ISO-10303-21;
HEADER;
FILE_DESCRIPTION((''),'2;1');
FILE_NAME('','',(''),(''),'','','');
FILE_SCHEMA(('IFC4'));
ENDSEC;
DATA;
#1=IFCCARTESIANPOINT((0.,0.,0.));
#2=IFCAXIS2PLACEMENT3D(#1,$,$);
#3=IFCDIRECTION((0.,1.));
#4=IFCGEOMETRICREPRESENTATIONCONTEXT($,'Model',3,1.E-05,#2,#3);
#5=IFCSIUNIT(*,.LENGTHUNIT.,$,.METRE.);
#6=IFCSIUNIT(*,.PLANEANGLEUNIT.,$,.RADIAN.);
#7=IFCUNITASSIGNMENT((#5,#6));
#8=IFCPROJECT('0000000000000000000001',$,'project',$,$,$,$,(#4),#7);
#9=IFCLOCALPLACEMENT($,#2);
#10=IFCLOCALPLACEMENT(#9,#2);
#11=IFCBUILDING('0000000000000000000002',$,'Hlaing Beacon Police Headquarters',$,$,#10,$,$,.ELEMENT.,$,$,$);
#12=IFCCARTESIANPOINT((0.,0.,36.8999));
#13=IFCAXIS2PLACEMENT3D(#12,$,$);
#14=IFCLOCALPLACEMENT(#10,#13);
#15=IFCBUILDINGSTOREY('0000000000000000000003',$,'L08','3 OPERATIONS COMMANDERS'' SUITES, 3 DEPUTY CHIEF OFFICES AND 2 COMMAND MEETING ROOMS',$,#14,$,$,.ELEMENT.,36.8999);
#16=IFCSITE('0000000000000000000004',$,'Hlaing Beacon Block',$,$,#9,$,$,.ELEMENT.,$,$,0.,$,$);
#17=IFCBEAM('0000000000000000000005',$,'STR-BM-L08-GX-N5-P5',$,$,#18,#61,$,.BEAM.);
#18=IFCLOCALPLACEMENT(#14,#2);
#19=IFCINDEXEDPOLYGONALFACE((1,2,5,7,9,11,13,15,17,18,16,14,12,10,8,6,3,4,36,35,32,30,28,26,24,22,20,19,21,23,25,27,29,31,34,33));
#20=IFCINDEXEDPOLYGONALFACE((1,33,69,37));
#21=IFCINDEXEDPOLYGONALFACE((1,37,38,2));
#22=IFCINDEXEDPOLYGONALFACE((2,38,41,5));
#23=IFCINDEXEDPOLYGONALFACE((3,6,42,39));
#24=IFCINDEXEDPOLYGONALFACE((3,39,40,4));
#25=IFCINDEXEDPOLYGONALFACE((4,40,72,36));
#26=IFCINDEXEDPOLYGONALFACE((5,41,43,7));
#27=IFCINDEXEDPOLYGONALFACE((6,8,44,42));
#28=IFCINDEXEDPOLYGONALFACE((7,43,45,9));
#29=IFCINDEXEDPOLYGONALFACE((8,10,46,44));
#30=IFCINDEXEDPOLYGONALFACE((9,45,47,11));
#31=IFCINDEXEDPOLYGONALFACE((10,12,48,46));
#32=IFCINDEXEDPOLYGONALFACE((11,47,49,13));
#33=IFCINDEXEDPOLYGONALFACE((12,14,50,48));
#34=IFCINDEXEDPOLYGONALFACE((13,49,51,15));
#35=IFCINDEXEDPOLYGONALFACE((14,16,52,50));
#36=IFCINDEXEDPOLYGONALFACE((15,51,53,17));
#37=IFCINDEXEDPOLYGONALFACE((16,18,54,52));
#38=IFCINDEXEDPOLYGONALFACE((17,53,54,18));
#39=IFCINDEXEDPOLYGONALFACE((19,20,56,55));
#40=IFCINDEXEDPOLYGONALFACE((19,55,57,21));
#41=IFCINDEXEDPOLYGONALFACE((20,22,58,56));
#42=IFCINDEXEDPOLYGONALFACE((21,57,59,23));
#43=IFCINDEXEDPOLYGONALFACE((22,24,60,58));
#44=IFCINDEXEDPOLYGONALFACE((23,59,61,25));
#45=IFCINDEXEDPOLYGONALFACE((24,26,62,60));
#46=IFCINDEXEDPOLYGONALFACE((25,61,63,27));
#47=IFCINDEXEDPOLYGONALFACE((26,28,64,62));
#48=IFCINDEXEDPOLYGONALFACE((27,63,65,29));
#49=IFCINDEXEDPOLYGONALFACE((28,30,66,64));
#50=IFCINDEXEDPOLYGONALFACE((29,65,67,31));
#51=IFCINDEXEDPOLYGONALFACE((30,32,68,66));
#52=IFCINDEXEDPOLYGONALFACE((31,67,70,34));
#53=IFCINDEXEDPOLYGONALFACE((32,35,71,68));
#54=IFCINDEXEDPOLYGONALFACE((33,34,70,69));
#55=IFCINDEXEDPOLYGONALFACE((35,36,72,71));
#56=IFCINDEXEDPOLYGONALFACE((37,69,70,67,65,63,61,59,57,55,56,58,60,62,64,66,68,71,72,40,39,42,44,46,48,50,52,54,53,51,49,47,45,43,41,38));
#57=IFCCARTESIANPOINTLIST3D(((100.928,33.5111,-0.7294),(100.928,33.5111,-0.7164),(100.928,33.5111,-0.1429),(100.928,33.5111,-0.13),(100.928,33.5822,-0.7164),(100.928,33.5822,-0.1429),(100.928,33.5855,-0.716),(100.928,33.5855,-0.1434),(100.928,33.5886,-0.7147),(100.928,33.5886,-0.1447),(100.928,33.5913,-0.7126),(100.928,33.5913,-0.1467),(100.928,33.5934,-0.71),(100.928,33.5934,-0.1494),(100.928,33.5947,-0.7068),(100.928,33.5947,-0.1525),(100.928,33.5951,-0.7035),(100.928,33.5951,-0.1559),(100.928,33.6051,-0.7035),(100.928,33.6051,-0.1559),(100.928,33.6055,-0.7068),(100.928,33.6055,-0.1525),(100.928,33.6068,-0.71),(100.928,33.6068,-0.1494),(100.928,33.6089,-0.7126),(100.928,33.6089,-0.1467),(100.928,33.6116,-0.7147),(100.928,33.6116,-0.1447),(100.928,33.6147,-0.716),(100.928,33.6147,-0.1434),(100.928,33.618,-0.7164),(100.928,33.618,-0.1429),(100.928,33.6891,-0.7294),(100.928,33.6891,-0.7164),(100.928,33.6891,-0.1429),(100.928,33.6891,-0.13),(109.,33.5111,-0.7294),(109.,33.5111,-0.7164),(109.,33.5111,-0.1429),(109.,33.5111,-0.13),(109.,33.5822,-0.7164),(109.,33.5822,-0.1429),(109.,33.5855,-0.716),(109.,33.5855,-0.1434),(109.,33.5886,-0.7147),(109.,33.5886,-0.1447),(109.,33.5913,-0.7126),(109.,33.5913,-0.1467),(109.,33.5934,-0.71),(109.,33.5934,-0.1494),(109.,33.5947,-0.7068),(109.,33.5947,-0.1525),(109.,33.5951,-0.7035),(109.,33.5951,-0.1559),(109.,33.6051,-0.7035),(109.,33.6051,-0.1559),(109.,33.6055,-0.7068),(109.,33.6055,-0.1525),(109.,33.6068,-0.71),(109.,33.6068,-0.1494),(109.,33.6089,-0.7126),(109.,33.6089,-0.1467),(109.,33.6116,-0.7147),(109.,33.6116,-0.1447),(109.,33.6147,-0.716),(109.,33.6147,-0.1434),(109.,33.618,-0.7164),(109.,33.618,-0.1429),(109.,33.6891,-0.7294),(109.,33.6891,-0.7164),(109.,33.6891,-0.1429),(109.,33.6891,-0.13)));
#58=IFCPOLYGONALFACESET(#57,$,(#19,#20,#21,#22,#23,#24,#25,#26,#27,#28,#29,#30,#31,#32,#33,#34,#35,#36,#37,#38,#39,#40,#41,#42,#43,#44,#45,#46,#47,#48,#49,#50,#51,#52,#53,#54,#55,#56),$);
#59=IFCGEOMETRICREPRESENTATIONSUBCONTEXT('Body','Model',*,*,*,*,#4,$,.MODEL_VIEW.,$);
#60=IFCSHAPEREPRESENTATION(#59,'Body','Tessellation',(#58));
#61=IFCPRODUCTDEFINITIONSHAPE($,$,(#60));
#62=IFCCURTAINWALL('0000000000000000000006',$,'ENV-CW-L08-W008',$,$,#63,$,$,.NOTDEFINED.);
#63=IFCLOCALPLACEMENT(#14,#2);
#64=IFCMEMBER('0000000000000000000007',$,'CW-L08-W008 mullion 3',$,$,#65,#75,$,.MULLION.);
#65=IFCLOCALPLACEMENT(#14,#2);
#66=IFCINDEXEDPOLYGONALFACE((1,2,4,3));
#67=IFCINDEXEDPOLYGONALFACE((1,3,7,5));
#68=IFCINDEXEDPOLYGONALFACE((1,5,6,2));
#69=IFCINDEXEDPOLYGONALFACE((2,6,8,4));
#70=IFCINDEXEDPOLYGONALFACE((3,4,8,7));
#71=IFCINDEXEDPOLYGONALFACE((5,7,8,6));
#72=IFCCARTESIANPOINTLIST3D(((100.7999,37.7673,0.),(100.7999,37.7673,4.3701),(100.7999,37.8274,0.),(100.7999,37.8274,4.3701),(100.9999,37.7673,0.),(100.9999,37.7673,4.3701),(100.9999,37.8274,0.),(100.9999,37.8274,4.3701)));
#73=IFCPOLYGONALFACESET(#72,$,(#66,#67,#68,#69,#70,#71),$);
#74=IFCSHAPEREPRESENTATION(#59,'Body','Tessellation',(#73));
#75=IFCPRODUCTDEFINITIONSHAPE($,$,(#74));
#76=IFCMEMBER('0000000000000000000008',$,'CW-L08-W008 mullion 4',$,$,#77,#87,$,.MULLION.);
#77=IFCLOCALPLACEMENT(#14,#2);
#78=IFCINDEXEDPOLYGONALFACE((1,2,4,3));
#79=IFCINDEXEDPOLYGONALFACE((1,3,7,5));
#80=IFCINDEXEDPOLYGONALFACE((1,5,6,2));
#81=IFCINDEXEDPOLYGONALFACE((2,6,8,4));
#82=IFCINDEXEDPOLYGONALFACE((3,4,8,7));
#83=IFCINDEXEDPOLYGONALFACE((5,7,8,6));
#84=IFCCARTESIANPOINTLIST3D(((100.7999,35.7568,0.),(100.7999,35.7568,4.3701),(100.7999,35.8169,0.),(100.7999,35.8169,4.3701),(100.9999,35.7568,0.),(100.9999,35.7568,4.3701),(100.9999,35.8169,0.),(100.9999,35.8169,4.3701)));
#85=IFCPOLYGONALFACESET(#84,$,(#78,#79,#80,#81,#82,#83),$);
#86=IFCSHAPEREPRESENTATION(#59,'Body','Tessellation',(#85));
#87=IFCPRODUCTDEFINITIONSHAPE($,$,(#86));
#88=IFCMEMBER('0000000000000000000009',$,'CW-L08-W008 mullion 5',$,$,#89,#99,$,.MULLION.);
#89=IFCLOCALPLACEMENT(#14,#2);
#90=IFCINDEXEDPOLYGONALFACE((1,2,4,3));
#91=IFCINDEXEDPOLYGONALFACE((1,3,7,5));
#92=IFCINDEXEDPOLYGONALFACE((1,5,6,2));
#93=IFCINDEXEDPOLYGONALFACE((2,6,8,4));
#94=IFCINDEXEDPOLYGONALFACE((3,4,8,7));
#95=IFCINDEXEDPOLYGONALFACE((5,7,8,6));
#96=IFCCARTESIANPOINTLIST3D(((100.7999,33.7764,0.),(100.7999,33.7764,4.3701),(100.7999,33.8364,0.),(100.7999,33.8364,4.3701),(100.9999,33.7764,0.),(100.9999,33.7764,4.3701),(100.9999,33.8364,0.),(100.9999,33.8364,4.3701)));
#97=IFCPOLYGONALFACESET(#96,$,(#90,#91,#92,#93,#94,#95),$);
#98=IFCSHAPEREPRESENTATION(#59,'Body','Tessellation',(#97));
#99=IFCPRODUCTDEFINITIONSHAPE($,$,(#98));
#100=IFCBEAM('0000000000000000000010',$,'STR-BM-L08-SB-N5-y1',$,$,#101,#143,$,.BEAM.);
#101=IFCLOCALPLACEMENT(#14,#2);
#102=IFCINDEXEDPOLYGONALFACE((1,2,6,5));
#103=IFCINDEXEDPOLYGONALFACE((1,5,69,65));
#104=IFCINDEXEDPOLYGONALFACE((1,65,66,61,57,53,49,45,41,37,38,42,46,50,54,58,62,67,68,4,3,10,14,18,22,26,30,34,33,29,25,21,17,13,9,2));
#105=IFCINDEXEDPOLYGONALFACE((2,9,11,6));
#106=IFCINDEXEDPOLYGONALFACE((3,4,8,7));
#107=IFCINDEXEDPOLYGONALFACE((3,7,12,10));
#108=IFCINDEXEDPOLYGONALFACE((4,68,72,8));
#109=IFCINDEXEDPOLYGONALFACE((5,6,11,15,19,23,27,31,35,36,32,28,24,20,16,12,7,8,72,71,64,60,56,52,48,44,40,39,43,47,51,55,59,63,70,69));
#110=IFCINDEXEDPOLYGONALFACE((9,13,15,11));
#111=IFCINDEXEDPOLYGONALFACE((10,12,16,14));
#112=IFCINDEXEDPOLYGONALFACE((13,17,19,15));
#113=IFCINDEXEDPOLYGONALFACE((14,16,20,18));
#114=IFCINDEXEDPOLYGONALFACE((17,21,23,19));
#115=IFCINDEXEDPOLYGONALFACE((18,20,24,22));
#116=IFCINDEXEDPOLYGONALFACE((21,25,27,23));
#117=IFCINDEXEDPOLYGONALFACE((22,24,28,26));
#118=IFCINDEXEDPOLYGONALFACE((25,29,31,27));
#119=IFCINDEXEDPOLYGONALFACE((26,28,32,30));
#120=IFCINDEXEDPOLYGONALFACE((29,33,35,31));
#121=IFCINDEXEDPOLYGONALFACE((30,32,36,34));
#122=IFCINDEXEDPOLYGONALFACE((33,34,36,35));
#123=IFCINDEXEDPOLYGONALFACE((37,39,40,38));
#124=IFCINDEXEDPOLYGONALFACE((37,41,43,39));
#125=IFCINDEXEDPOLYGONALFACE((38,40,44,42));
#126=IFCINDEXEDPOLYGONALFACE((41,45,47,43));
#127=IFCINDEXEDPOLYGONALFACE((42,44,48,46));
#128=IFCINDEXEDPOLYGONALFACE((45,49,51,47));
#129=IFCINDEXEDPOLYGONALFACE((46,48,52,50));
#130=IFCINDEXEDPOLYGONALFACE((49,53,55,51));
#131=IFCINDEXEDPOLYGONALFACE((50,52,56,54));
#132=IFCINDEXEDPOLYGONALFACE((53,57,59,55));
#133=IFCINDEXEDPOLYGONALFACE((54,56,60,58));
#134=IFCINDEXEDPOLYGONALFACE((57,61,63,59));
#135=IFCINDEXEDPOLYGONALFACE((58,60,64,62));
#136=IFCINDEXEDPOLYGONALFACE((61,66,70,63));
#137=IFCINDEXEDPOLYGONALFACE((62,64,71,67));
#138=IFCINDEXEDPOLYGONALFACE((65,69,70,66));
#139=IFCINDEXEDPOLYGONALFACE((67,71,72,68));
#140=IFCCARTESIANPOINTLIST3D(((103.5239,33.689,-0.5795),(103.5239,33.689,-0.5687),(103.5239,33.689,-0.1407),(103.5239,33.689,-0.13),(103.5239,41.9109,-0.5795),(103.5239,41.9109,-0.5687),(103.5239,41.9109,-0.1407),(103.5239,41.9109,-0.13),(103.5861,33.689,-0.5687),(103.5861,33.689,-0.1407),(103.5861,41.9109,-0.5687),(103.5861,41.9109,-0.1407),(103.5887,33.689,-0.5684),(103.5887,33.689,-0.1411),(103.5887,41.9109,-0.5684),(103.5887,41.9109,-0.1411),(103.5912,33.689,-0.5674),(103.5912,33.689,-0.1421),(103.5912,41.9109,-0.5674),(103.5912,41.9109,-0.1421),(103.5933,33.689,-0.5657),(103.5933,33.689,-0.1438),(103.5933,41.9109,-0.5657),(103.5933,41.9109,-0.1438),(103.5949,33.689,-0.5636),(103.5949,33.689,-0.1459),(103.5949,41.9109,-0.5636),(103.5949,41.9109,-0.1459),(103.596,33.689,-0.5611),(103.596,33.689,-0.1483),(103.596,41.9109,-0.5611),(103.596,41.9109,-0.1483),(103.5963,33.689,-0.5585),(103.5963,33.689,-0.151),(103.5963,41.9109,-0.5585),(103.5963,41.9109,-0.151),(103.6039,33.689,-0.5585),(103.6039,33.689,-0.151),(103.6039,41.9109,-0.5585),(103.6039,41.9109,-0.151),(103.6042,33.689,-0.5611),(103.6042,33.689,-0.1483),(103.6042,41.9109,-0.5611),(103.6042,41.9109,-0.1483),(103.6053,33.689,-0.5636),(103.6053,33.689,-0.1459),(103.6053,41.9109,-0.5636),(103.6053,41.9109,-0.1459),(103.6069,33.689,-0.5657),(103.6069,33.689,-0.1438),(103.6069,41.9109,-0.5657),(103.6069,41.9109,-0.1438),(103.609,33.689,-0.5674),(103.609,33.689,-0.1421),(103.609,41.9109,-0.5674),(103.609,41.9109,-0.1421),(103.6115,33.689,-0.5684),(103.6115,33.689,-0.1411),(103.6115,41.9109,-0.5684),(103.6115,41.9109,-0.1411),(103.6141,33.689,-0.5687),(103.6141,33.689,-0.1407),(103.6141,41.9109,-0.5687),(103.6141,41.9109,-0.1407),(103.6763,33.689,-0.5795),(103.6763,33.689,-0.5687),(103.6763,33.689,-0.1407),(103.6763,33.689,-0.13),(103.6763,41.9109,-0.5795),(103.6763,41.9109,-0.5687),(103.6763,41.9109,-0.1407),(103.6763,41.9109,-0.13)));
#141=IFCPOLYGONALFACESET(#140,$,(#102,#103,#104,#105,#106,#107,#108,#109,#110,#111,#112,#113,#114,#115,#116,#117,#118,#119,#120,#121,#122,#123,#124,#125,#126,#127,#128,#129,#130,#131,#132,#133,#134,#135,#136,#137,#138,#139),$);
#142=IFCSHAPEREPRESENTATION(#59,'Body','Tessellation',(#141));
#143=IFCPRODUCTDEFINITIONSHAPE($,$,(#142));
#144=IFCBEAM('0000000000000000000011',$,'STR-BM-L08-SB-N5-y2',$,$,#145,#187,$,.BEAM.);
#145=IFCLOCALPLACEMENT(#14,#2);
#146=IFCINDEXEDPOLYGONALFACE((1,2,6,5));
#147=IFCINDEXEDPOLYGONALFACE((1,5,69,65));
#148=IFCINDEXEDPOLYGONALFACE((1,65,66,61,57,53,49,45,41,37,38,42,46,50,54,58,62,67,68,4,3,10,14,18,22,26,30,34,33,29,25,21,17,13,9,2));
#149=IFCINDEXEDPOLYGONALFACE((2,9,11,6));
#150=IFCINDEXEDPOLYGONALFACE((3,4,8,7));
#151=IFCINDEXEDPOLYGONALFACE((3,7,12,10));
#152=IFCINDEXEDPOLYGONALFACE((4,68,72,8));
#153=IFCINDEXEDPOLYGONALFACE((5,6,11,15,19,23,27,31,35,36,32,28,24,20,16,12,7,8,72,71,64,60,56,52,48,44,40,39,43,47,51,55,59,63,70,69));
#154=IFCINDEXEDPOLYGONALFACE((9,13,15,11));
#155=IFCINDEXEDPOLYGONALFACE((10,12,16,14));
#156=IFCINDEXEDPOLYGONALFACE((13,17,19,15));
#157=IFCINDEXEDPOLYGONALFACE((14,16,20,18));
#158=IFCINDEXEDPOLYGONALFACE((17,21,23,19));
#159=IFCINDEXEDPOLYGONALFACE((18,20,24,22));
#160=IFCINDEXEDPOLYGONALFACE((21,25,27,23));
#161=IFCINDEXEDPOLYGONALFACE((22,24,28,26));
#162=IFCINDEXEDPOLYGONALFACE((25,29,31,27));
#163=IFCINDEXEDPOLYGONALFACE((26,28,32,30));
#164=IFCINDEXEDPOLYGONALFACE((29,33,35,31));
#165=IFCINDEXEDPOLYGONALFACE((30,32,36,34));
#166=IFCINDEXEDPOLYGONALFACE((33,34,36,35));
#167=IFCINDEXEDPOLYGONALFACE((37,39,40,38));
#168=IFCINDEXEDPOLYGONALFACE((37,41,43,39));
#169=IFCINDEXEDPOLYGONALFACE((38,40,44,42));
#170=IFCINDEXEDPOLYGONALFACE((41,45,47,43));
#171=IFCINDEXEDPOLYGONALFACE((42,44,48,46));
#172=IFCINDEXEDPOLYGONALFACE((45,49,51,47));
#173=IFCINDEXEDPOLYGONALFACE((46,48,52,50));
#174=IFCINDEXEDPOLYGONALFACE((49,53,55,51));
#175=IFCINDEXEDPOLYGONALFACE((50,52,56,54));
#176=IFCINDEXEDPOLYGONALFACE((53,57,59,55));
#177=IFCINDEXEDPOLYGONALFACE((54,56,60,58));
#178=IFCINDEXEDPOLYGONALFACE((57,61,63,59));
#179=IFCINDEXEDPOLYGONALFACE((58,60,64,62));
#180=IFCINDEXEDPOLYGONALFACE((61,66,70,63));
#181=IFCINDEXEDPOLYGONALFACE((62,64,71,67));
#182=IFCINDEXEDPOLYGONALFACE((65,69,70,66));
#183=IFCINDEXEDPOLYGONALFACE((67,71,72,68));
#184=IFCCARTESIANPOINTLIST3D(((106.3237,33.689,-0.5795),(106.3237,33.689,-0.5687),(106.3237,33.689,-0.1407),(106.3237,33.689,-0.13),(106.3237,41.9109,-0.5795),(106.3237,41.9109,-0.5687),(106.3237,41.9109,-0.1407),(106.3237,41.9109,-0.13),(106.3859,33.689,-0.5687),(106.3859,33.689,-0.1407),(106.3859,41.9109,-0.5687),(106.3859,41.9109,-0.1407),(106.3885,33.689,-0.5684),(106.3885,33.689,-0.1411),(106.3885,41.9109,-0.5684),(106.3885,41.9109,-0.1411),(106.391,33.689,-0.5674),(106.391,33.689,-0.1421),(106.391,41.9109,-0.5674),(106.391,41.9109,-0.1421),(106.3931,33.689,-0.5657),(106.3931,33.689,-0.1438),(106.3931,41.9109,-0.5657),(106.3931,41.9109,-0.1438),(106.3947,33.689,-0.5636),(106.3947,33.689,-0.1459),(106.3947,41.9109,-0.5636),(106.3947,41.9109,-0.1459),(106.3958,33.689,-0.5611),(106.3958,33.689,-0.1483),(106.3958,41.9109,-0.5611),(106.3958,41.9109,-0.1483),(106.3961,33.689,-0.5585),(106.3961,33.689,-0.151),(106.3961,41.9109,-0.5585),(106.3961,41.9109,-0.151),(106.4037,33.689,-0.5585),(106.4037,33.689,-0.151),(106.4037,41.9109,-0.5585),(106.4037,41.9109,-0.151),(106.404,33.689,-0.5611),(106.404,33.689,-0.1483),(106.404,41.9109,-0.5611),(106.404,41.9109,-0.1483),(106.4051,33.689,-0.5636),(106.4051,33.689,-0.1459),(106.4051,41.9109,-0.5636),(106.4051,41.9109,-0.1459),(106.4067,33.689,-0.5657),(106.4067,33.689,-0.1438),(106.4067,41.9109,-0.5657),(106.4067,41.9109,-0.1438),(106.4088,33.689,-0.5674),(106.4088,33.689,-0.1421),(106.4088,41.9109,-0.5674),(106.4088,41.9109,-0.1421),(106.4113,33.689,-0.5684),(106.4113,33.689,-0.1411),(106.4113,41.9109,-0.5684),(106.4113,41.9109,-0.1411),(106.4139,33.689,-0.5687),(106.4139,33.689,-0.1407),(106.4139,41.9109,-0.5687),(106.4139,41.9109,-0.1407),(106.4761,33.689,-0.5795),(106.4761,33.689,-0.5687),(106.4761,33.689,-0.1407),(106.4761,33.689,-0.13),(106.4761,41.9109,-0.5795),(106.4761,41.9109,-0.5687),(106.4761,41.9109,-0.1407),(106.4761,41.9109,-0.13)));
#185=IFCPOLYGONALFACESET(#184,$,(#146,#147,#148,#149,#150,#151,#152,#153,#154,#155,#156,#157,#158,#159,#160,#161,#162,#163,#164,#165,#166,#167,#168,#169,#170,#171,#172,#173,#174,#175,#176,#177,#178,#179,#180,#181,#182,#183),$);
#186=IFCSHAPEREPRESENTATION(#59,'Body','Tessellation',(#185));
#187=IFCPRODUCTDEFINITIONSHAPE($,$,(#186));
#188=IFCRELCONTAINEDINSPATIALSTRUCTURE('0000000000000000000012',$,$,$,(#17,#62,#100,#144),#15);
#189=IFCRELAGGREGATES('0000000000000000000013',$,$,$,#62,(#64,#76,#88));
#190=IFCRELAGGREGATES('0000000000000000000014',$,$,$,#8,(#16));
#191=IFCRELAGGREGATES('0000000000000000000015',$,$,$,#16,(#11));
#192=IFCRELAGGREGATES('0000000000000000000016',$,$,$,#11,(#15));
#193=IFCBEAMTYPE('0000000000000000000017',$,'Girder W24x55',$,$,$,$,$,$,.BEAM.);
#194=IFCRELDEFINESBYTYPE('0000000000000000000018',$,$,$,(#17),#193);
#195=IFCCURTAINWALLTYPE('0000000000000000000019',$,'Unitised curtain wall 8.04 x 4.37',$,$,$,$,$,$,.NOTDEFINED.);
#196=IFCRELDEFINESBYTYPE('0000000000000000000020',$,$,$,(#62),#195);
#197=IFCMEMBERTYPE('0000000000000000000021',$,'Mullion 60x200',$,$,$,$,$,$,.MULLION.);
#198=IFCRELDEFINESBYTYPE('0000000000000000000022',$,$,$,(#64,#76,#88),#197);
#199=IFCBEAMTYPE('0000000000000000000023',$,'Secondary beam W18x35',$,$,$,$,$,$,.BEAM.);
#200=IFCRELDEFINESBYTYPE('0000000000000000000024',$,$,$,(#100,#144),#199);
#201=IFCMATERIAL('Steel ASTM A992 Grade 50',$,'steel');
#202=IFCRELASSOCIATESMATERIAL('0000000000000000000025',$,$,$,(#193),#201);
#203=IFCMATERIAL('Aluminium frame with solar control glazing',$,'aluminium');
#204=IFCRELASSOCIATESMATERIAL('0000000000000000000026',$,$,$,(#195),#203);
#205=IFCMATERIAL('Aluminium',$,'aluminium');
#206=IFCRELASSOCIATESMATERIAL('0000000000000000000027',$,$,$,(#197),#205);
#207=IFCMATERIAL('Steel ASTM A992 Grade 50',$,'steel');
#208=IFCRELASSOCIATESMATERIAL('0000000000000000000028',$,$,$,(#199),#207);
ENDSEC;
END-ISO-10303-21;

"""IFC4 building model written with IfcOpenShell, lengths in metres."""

from ifc_helpers import new_model, si_unit, direction, frame, origin, origin_2d, place, context, subcontext, project, spatial, rectangle, i_section, extrude, material, material_profile, profile_set, type_object, element, aggregate, save


model = new_model("IFC4")

# Units and contexts
model_context = context("Model", 3, precision=1e-05, world=origin(), true_north=direction((0.0, 1.0)))
body_context = subcontext(model_context, "Body", "Model", "MODEL_VIEW")
ifc_project = project(units=[si_unit("LENGTHUNIT", "METRE"), si_unit("PLANEANGLEUNIT", "RADIAN")], contexts=[model_context])

# Site, building, storey
site_placement = place(None, origin())
site = spatial("IfcSite", under=ifc_project, at=site_placement, Name="Hlaing Beacon Block", CompositionType="ELEMENT", RefElevation=0.0)
building_placement = place(site_placement, origin())
building = spatial("IfcBuilding", under=site, at=building_placement, Name="Hlaing Beacon Police Headquarters", CompositionType="ELEMENT")
storey_placement = place(building_placement, frame((0.0, 0.0, 36.8999)))
storey = spatial("IfcBuildingStorey", under=building, at=storey_placement, Name="L08", Description="3 OPERATIONS COMMANDERS' SUITES, 3 DEPUTY CHIEF OFFICES AND 2 COMMAND MEETING ROOMS", CompositionType="ELEMENT", Elevation=36.8999)

# Beam
ifc_material_1 = material(Name="Steel ASTM A992 Grade 50", Category="steel")
ifc_material_profile_1 = material_profile(ifc_material_1, i_section(OverallWidth=0.178, OverallDepth=0.5994, WebThickness=0.01, FlangeThickness=0.0129, FilletRadius=0.0129, at=origin_2d()), Name="W24x55")
ifc_profile_set_1 = profile_set([ifc_material_profile_1], Name="Steel ASTM A992 Grade 50")
beam_type_1 = type_object("IfcBeamType", Name="Girder W24x55", PredefinedType="BEAM", material=ifc_profile_set_1)
beam_1_placement = place(storey_placement, frame((100.928, 33.6001, -0.4297), z_axis=(1.0, 0.0, 0.0), x_axis=(0.0, 1.0, 0.0)))
element("IfcBeam", 1, at=beam_1_placement, inside=storey, type_object=beam_type_1, Name="STR-BM-L08-GX-N5-P5", PredefinedType="BEAM", context=body_context, shape_type="SweptSolid", body=[
    extrude(i_section(OverallWidth=0.178, OverallDepth=0.5994, WebThickness=0.01, FlangeThickness=0.0129, FilletRadius=0.0129, at=origin_2d()), origin(), (0.0, 0.0, 1.0), 8.072),
])

# Curtain wall, members
ifc_material_2 = material(Name="Aluminium frame with solar control glazing", Category="aluminium")
curtain_wall_type = type_object("IfcCurtainWallType", Name="Unitised curtain wall 8.04 x 4.37", PredefinedType="NOTDEFINED", material=ifc_material_2)
curtain_wall_placement = place(storey_placement, origin())
curtain_wall = element("IfcCurtainWall", 2, at=curtain_wall_placement, inside=storey, type_object=curtain_wall_type, Name="ENV-CW-L08-W008", PredefinedType="NOTDEFINED")
ifc_material_3 = material(Name="Aluminium", Category="aluminium")
ifc_material_profile_2 = material_profile(ifc_material_3, rectangle(XDim=0.2, YDim=0.0601, at=origin_2d()), Name="Mullion 60x200")
ifc_profile_set_2 = profile_set([ifc_material_profile_2], Name="Aluminium")
member_type_1 = type_object("IfcMemberType", Name="Mullion 60x200", PredefinedType="MULLION", material=ifc_profile_set_2)
member_1_placement = place(storey_placement, frame((100.8999, 37.7974, 0.0), z_axis=(0.0, 0.0, 1.0), x_axis=(1.0, 0.0, 0.0)))
member_1 = element("IfcMember", 3, at=member_1_placement, type_object=member_type_1, Name="CW-L08-W008 mullion 3", PredefinedType="MULLION", context=body_context, shape_type="SweptSolid", body=[
    extrude(rectangle(XDim=0.2, YDim=0.0601, at=origin_2d()), origin(), (0.0, 0.0, 1.0), 4.3701),
])
member_2_placement = place(storey_placement, frame((100.8999, 35.7869, 0.0), z_axis=(0.0, 0.0, 1.0), x_axis=(1.0, 0.0, 0.0)))
member_2 = element("IfcMember", 4, at=member_2_placement, type_object=member_type_1, Name="CW-L08-W008 mullion 4", PredefinedType="MULLION", context=body_context, shape_type="SweptSolid", body=[
    extrude(rectangle(XDim=0.2, YDim=0.0601, at=origin_2d()), origin(), (0.0, 0.0, 1.0), 4.3701),
])
member_3_placement = place(storey_placement, frame((100.8999, 33.8064, 0.0), z_axis=(0.0, 0.0, 1.0), x_axis=(1.0, 0.0, 0.0)))
member_3 = element("IfcMember", 5, at=member_3_placement, type_object=member_type_1, Name="CW-L08-W008 mullion 5", PredefinedType="MULLION", context=body_context, shape_type="SweptSolid", body=[
    extrude(rectangle(XDim=0.2, YDim=0.0601, at=origin_2d()), origin(), (0.0, 0.0, 1.0), 4.3701),
])

# Beams
ifc_material_4 = material(Name="Steel ASTM A992 Grade 50", Category="steel")
ifc_material_profile_3 = material_profile(ifc_material_4, i_section(OverallWidth=0.1523, OverallDepth=0.4495, WebThickness=0.0076, FlangeThickness=0.0107, FilletRadius=0.0103, at=origin_2d()), Name="W18x35")
ifc_profile_set_3 = profile_set([ifc_material_profile_3], Name="Steel ASTM A992 Grade 50")
beam_type_2 = type_object("IfcBeamType", Name="Secondary beam W18x35", PredefinedType="BEAM", material=ifc_profile_set_3)
for number, where, z_axis, x_axis, name in (
    (6, (103.6001, 33.689, -0.3547), (0.0, 1.0, 0.0), (-1.0, 0.0, 0.0), "STR-BM-L08-SB-N5-y1"),
    (7, (106.3999, 33.689, -0.3547), (0.0, 1.0, 0.0), (-1.0, 0.0, 0.0), "STR-BM-L08-SB-N5-y2"),
):
    element("IfcBeam", number, at=place(storey_placement, frame(where, z_axis=z_axis, x_axis=x_axis)), inside=storey, type_object=beam_type_2, Name=name, PredefinedType="BEAM", context=body_context, shape_type="SweptSolid", body=[
        extrude(i_section(OverallWidth=0.1523, OverallDepth=0.4495, WebThickness=0.0076, FlangeThickness=0.0107, FilletRadius=0.0103, at=origin_2d()), origin(), (0.0, 0.0, 1.0), 8.2219),
    ])

aggregate(curtain_wall, [member_1, member_2, member_3])

save(model, "model.ifc")
